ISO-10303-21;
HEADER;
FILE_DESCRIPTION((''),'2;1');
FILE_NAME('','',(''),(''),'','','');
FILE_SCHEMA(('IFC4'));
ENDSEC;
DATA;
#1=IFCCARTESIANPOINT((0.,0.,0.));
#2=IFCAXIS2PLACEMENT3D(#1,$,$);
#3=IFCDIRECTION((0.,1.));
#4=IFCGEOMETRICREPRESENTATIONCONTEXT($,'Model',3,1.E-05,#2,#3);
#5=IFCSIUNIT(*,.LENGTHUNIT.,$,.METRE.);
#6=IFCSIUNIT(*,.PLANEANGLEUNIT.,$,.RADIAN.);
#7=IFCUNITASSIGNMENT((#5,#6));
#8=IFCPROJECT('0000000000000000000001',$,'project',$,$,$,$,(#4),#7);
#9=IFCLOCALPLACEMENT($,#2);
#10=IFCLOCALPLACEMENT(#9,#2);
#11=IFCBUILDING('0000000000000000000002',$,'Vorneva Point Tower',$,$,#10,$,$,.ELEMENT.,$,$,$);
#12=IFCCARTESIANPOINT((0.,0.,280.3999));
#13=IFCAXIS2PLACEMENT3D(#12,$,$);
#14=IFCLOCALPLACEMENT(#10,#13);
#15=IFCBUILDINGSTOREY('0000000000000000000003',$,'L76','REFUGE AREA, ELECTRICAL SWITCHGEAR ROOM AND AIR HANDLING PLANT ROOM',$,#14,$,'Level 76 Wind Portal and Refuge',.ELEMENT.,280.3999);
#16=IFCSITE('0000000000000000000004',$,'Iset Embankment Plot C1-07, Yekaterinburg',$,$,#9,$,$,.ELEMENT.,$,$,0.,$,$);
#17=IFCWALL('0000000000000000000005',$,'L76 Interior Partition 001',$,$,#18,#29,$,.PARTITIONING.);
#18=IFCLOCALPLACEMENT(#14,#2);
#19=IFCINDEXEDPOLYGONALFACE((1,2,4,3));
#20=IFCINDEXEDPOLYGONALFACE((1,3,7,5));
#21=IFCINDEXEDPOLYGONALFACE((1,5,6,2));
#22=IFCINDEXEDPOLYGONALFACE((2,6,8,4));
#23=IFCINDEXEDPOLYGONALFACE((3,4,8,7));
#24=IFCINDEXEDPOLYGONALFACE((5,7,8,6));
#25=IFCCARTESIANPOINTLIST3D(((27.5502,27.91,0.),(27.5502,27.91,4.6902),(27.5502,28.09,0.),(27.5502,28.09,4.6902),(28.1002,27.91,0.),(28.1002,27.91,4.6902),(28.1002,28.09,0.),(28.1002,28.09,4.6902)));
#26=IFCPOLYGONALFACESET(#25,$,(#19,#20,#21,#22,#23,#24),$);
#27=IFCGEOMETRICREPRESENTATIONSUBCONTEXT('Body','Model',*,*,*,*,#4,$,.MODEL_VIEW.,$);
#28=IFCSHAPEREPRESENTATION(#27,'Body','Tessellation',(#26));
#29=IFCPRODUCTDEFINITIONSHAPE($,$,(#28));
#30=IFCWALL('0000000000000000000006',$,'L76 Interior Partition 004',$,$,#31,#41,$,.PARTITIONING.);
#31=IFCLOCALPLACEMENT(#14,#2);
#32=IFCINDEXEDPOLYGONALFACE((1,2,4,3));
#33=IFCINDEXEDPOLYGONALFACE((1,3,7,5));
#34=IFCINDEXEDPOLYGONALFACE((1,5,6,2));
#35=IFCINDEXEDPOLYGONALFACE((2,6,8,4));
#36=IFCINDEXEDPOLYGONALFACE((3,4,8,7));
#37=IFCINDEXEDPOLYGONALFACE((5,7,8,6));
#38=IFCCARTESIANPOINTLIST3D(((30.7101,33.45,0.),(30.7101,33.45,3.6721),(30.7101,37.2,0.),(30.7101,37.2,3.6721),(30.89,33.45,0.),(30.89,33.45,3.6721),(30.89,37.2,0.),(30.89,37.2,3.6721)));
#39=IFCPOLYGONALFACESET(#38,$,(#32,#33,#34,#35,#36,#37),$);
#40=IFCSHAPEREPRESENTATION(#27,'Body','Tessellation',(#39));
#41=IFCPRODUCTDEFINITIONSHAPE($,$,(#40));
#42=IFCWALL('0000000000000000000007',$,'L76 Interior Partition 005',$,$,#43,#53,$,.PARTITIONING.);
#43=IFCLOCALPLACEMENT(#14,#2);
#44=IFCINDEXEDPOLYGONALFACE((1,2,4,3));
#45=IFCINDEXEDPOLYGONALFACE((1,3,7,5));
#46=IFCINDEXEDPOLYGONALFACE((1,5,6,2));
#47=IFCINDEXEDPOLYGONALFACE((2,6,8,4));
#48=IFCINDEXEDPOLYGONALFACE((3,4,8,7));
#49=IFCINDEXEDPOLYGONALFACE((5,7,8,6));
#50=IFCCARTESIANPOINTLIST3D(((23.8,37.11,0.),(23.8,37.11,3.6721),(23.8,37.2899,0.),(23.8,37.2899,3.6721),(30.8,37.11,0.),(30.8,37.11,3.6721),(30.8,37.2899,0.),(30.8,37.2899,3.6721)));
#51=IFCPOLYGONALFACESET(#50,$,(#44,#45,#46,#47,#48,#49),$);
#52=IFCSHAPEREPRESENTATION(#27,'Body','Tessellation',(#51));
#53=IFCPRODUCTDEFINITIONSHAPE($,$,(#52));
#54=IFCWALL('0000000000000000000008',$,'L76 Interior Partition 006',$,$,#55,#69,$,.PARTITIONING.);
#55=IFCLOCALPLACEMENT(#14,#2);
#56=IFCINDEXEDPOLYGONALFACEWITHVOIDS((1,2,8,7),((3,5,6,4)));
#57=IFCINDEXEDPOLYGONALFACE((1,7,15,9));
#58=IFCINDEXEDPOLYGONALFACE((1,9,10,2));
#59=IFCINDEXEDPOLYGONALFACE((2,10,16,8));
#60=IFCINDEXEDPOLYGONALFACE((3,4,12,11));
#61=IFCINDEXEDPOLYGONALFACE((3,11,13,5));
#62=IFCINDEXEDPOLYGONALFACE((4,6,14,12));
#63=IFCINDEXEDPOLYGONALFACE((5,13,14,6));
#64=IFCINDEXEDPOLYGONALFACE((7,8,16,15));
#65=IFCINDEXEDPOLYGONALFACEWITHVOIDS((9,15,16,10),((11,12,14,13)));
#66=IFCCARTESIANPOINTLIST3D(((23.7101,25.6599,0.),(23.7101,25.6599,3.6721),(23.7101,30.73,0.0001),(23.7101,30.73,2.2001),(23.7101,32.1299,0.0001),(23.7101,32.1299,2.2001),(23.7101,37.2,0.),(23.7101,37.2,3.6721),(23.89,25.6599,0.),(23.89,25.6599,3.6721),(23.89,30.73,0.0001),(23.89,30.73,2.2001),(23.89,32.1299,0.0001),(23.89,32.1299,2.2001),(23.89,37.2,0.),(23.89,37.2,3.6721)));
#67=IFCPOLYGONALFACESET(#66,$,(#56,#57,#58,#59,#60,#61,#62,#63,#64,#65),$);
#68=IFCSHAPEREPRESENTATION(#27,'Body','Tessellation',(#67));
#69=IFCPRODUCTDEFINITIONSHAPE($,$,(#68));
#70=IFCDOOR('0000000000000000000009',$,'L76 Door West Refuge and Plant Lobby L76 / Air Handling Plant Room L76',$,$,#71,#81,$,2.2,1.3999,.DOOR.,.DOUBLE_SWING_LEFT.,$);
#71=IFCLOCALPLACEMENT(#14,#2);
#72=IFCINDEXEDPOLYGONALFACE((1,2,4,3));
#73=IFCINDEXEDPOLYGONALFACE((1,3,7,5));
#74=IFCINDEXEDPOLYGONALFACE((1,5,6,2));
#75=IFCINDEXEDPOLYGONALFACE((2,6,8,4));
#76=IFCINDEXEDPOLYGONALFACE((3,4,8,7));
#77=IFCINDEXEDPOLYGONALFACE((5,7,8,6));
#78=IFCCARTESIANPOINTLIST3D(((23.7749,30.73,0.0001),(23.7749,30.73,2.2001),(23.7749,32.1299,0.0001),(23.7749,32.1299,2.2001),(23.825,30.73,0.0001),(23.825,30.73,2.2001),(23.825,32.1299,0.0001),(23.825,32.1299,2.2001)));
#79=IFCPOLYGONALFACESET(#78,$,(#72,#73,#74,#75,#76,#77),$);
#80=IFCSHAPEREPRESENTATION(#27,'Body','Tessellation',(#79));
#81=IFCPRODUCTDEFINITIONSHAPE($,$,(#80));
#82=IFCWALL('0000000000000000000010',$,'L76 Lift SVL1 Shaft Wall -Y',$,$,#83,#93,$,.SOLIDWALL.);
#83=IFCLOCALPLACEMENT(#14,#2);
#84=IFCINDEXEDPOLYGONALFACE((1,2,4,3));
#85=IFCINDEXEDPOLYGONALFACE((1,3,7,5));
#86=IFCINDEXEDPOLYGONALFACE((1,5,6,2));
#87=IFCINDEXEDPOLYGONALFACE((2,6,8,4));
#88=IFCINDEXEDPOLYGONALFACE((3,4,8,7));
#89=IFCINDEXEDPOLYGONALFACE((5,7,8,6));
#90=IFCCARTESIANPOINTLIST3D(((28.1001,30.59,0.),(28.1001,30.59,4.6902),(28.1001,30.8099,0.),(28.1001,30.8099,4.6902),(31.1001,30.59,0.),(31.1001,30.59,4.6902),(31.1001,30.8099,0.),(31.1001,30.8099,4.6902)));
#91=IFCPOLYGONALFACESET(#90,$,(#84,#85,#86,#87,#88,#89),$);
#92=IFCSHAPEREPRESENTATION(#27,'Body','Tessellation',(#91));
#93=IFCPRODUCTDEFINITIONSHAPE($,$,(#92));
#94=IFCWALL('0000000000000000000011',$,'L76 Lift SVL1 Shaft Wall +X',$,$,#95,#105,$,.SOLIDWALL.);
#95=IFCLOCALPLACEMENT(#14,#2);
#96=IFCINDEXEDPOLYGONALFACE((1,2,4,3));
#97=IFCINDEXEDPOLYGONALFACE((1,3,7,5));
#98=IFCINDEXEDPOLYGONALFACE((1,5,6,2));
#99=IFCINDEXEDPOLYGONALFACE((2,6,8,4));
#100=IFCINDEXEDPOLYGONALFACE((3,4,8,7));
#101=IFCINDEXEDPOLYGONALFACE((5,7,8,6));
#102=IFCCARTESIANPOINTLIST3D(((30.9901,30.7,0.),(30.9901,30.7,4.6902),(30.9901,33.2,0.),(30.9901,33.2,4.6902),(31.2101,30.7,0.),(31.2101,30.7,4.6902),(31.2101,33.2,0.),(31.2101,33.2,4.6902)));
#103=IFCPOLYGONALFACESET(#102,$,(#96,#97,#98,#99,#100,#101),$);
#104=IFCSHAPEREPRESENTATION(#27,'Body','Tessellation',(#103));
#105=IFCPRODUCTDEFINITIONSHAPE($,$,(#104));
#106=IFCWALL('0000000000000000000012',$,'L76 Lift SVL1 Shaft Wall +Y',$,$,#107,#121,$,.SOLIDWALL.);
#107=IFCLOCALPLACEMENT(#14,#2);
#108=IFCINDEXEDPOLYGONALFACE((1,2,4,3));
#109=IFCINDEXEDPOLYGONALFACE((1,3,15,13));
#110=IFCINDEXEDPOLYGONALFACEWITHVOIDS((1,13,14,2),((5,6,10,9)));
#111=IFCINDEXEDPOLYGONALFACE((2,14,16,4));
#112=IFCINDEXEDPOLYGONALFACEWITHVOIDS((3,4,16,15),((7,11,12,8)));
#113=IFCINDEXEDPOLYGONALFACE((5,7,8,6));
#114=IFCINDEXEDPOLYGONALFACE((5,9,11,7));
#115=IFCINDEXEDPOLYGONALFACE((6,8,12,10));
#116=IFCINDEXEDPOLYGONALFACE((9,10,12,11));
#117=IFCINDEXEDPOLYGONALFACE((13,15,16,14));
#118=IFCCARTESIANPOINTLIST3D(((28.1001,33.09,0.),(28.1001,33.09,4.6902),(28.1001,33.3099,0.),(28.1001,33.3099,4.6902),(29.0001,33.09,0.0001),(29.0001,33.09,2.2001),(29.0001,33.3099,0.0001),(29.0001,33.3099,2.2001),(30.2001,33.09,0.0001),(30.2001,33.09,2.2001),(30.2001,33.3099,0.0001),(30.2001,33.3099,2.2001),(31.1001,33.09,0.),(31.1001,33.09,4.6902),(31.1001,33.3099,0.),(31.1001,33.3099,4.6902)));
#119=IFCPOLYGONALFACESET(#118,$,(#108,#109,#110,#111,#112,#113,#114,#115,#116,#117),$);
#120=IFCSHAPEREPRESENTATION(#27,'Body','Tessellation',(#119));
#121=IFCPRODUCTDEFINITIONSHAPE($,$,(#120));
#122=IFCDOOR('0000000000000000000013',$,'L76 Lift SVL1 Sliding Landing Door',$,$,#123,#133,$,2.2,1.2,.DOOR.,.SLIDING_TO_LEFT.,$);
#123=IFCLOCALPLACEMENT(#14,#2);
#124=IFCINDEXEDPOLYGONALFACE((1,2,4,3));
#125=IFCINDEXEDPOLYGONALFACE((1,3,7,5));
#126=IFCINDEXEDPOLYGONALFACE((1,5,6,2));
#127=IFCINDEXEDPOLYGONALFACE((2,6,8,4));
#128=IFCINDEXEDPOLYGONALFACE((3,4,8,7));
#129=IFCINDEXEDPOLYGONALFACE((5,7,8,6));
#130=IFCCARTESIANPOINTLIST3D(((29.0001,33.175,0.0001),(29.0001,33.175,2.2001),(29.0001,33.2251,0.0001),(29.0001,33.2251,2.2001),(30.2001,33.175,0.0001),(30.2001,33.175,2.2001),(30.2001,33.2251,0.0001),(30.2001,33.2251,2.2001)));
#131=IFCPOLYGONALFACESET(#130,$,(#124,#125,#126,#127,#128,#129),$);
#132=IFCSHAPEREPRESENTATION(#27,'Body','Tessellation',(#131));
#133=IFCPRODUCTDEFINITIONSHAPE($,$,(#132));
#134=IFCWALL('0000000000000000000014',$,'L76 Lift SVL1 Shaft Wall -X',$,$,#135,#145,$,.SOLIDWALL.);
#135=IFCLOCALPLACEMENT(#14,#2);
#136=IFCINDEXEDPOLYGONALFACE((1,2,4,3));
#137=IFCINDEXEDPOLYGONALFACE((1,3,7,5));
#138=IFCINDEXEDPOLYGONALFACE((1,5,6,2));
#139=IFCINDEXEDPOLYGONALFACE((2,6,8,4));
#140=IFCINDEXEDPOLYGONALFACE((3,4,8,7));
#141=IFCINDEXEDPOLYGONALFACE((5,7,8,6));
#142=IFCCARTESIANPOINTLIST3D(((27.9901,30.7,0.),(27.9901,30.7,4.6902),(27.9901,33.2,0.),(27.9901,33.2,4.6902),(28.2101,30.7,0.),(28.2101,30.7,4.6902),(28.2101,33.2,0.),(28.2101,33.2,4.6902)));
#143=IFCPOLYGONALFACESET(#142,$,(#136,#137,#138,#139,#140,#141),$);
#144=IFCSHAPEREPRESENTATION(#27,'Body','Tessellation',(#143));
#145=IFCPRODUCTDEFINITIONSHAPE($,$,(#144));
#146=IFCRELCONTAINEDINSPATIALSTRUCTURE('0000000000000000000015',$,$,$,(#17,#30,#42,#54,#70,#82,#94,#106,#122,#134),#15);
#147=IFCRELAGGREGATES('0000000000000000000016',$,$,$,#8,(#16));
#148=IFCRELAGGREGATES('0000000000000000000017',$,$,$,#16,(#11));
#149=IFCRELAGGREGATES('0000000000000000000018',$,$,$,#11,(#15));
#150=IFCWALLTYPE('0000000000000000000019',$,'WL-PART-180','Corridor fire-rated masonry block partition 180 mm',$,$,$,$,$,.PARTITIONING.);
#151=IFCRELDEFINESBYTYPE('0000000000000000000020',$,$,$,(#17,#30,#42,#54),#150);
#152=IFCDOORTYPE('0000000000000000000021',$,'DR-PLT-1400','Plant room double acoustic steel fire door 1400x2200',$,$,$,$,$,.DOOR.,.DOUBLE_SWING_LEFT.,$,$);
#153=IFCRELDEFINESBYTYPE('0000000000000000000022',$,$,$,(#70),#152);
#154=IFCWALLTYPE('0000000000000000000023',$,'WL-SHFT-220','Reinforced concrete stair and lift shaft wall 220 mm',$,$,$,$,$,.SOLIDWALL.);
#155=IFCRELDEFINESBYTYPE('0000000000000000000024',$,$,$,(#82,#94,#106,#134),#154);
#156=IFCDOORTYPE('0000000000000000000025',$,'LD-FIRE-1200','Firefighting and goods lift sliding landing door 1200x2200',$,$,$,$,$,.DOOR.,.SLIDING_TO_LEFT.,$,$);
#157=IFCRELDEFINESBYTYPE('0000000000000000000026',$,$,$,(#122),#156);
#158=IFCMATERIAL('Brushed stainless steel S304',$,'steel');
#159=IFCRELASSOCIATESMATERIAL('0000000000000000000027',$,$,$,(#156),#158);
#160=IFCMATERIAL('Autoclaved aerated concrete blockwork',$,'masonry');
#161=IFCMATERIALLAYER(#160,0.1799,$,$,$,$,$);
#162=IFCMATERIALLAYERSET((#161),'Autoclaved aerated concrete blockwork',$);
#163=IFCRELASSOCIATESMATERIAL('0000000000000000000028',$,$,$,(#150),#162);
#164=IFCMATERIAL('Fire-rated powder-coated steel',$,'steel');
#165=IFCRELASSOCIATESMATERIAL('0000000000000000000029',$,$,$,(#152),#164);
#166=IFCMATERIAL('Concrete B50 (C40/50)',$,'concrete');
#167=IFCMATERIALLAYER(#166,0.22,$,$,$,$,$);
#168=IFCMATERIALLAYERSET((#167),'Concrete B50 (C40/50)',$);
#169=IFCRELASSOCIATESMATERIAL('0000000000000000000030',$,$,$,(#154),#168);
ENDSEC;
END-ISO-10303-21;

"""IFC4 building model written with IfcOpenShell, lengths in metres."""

from ifc_helpers import new_model, si_unit, direction, frame, frame_2d, origin, place, context, subcontext, project, spatial, rectangle, extrude, material, layer, layer_set, type_object, element, fill, save


model = new_model("IFC4")

# Units and contexts
model_context = context("Model", 3, precision=1e-05, world=origin(), true_north=direction((0.0, 1.0)))
body_context = subcontext(model_context, "Body", "Model", "MODEL_VIEW")
ifc_project = project(units=[si_unit("LENGTHUNIT", "METRE"), si_unit("PLANEANGLEUNIT", "RADIAN")], contexts=[model_context])

# Site, building, storey
site_placement = place(None, origin())
site = spatial("IfcSite", under=ifc_project, at=site_placement, Name="Iset Embankment Plot C1-07, Yekaterinburg", CompositionType="ELEMENT", RefElevation=0.0)
building_placement = place(site_placement, origin())
building = spatial("IfcBuilding", under=site, at=building_placement, Name="Vorneva Point Tower", CompositionType="ELEMENT")
storey_placement = place(building_placement, frame((0.0, 0.0, 280.3999)))
storey = spatial("IfcBuildingStorey", under=building, at=storey_placement, Name="L76", Description="REFUGE AREA, ELECTRICAL SWITCHGEAR ROOM AND AIR HANDLING PLANT ROOM", LongName="Level 76 Wind Portal and Refuge", CompositionType="ELEMENT", Elevation=280.3999)

# Shared definitions
ifc_material_1 = material(Name="Concrete B50 (C40/50)", Category="concrete")

# Shared definitions
ifc_material_2 = material(Name="Brushed stainless steel S304", Category="steel")
door_type_1 = type_object("IfcDoorType", Name="LD-FIRE-1200", Description="Firefighting and goods lift sliding landing door 1200x2200", OperationType="SLIDING_TO_LEFT", PredefinedType="DOOR", material=ifc_material_2)

# Wall
ifc_material_3 = material(Name="Autoclaved aerated concrete blockwork", Category="masonry")
ifc_layer_1 = layer(ifc_material_3, 0.1799)
ifc_layer_set_1 = layer_set([ifc_layer_1], Name="Autoclaved aerated concrete blockwork")
wall_type_1 = type_object("IfcWallType", Name="WL-PART-180", Description="Corridor fire-rated masonry block partition 180 mm", PredefinedType="PARTITIONING", material=ifc_layer_set_1)
wall_1_placement = place(storey_placement, frame((28.1001, 28.0, 0.0), z_axis=(0.0, 0.0, 1.0), x_axis=(-1.0, 0.0, 0.0)))
element("IfcWall", 1, at=wall_1_placement, inside=storey, type_object=wall_type_1, Name="L76 Interior Partition 001", PredefinedType="PARTITIONING", context=body_context, shape_type="SweptSolid", body=[
    extrude(rectangle(XDim=0.55, YDim=0.1799, at=frame_2d((0.2749, 0.0))), origin(), (0.0, 0.0, 1.0), 4.6902),
])

# Shared definitions
ifc_material_4 = material(Name="Fire-rated powder-coated steel", Category="steel")

# Walls
wall_2_placement = place(storey_placement, frame((30.8, 33.45, 0.0), z_axis=(0.0, 0.0, 1.0), x_axis=(0.0, 1.0, 0.0)))
element("IfcWall", 2, at=wall_2_placement, inside=storey, type_object=wall_type_1, Name="L76 Interior Partition 004", PredefinedType="PARTITIONING", context=body_context, shape_type="SweptSolid", body=[
    extrude(rectangle(XDim=3.75, YDim=0.1799, at=frame_2d((1.875, 0.0))), origin(), (0.0, 0.0, 1.0), 3.6721),
])
wall_3_placement = place(storey_placement, frame((30.8, 37.2, 0.0), z_axis=(0.0, 0.0, 1.0), x_axis=(-1.0, 0.0, 0.0)))
element("IfcWall", 3, at=wall_3_placement, inside=storey, type_object=wall_type_1, Name="L76 Interior Partition 005", PredefinedType="PARTITIONING", context=body_context, shape_type="SweptSolid", body=[
    extrude(rectangle(XDim=7.0, YDim=0.1799, at=frame_2d((3.5, 0.0))), origin(), (0.0, 0.0, 1.0), 3.6721),
])

# Wall, opening, door
wall_4_placement = place(storey_placement, frame((23.8, 37.2, 0.0), z_axis=(0.0, 0.0, 1.0), x_axis=(0.0, -1.0, 0.0)))
wall_4 = element("IfcWall", 4, at=wall_4_placement, inside=storey, type_object=wall_type_1, Name="L76 Interior Partition 006", PredefinedType="PARTITIONING", context=body_context, shape_type="SweptSolid", body=[
    extrude(rectangle(XDim=11.54, YDim=0.1799, at=frame_2d((5.77, 0.0))), origin(), (0.0, 0.0, 1.0), 3.6721),
])
opening_1_placement = place(wall_4_placement, frame((5.0701, 0.0, 0.0)))
opening_1 = element("IfcOpeningElement", 5, at=opening_1_placement, cuts=wall_4, PredefinedType="OPENING", context=body_context, shape_type="SweptSolid", body=[
    extrude(rectangle(XDim=1.3999, YDim=2.2, at=frame_2d((0.7, 1.1001))), frame((0.0, 0.105, 0.0), z_axis=(0.0, -1.0, 0.0), x_axis=(1.0, 0.0, 0.0)), (0.0, 0.0, 1.0), 0.2097),
])
door_type_2 = type_object("IfcDoorType", Name="DR-PLT-1400", Description="Plant room double acoustic steel fire door 1400x2200", OperationType="DOUBLE_SWING_LEFT", PredefinedType="DOOR", material=ifc_material_4)
door_1_placement = place(opening_1_placement, origin())
door_1 = element("IfcDoor", 6, at=door_1_placement, inside=storey, type_object=door_type_2, Name="L76 Door West Refuge and Plant Lobby L76 / Air Handling Plant Room L76", OperationType="DOUBLE_SWING_LEFT", OverallHeight=2.2, OverallWidth=1.3999, PredefinedType="DOOR", context=body_context, shape_type="SweptSolid", body=[
    extrude(rectangle(XDim=1.3999, YDim=2.2, at=frame_2d((0.7, 1.1001))), frame((0.0, 0.0249, 0.0), z_axis=(0.0, -1.0, 0.0), x_axis=(1.0, 0.0, 0.0)), (0.0, 0.0, 1.0), 0.05),
])
fill(opening_1, door_1)

# Walls
ifc_layer_2 = layer(ifc_material_1, 0.22)
ifc_layer_set_2 = layer_set([ifc_layer_2], Name="Concrete B50 (C40/50)")
wall_type_2 = type_object("IfcWallType", Name="WL-SHFT-220", Description="Reinforced concrete stair and lift shaft wall 220 mm", PredefinedType="SOLIDWALL", material=ifc_layer_set_2)
wall_5_placement = place(storey_placement, frame((28.1001, 30.7, 0.0), z_axis=(0.0, 0.0, 1.0), x_axis=(1.0, 0.0, 0.0)))
element("IfcWall", 7, at=wall_5_placement, inside=storey, type_object=wall_type_2, Name="L76 Lift SVL1 Shaft Wall -Y", PredefinedType="SOLIDWALL", context=body_context, shape_type="SweptSolid", body=[
    extrude(rectangle(XDim=3.0, YDim=0.22, at=frame_2d((1.5, 0.0))), origin(), (0.0, 0.0, 1.0), 4.6902),
])
wall_6_placement = place(storey_placement, frame((31.1001, 30.7, 0.0), z_axis=(0.0, 0.0, 1.0), x_axis=(0.0, 1.0, 0.0)))
element("IfcWall", 8, at=wall_6_placement, inside=storey, type_object=wall_type_2, Name="L76 Lift SVL1 Shaft Wall +X", PredefinedType="SOLIDWALL", context=body_context, shape_type="SweptSolid", body=[
    extrude(rectangle(XDim=2.5, YDim=0.22, at=frame_2d((1.25, 0.0))), origin(), (0.0, 0.0, 1.0), 4.6902),
])

# Wall, opening, door
wall_7_placement = place(storey_placement, frame((31.1001, 33.2, 0.0), z_axis=(0.0, 0.0, 1.0), x_axis=(-1.0, 0.0, 0.0)))
wall_7 = element("IfcWall", 9, at=wall_7_placement, inside=storey, type_object=wall_type_2, Name="L76 Lift SVL1 Shaft Wall +Y", PredefinedType="SOLIDWALL", context=body_context, shape_type="SweptSolid", body=[
    extrude(rectangle(XDim=3.0, YDim=0.22, at=frame_2d((1.5, 0.0))), origin(), (0.0, 0.0, 1.0), 4.6902),
])
opening_2_placement = place(wall_7_placement, frame((0.8999, 0.0, 0.0)))
opening_2 = element("IfcOpeningElement", 10, at=opening_2_placement, cuts=wall_7, PredefinedType="OPENING", context=body_context, shape_type="SweptSolid", body=[
    extrude(rectangle(XDim=1.2, YDim=2.2, at=frame_2d((0.6001, 1.1001))), frame((0.0, 0.125, 0.0), z_axis=(0.0, -1.0, 0.0), x_axis=(1.0, 0.0, 0.0)), (0.0, 0.0, 1.0), 0.2498),
])
door_2_placement = place(opening_2_placement, origin())
door_2 = element("IfcDoor", 11, at=door_2_placement, inside=storey, type_object=door_type_1, Name="L76 Lift SVL1 Sliding Landing Door", OperationType="SLIDING_TO_LEFT", OverallHeight=2.2, OverallWidth=1.2, PredefinedType="DOOR", context=body_context, shape_type="SweptSolid", body=[
    extrude(rectangle(XDim=1.2, YDim=2.2, at=frame_2d((0.6001, 1.1001))), frame((0.0, 0.0249, 0.0), z_axis=(0.0, -1.0, 0.0), x_axis=(1.0, 0.0, 0.0)), (0.0, 0.0, 1.0), 0.05),
])
fill(opening_2, door_2)

# Wall
wall_8_placement = place(storey_placement, frame((28.1001, 33.2, 0.0), z_axis=(0.0, 0.0, 1.0), x_axis=(0.0, -1.0, 0.0)))
element("IfcWall", 12, at=wall_8_placement, inside=storey, type_object=wall_type_2, Name="L76 Lift SVL1 Shaft Wall -X", PredefinedType="SOLIDWALL", context=body_context, shape_type="SweptSolid", body=[
    extrude(rectangle(XDim=2.5, YDim=0.22, at=frame_2d((1.25, 0.0))), origin(), (0.0, 0.0, 1.0), 4.6902),
])

save(model, "model.ifc")
